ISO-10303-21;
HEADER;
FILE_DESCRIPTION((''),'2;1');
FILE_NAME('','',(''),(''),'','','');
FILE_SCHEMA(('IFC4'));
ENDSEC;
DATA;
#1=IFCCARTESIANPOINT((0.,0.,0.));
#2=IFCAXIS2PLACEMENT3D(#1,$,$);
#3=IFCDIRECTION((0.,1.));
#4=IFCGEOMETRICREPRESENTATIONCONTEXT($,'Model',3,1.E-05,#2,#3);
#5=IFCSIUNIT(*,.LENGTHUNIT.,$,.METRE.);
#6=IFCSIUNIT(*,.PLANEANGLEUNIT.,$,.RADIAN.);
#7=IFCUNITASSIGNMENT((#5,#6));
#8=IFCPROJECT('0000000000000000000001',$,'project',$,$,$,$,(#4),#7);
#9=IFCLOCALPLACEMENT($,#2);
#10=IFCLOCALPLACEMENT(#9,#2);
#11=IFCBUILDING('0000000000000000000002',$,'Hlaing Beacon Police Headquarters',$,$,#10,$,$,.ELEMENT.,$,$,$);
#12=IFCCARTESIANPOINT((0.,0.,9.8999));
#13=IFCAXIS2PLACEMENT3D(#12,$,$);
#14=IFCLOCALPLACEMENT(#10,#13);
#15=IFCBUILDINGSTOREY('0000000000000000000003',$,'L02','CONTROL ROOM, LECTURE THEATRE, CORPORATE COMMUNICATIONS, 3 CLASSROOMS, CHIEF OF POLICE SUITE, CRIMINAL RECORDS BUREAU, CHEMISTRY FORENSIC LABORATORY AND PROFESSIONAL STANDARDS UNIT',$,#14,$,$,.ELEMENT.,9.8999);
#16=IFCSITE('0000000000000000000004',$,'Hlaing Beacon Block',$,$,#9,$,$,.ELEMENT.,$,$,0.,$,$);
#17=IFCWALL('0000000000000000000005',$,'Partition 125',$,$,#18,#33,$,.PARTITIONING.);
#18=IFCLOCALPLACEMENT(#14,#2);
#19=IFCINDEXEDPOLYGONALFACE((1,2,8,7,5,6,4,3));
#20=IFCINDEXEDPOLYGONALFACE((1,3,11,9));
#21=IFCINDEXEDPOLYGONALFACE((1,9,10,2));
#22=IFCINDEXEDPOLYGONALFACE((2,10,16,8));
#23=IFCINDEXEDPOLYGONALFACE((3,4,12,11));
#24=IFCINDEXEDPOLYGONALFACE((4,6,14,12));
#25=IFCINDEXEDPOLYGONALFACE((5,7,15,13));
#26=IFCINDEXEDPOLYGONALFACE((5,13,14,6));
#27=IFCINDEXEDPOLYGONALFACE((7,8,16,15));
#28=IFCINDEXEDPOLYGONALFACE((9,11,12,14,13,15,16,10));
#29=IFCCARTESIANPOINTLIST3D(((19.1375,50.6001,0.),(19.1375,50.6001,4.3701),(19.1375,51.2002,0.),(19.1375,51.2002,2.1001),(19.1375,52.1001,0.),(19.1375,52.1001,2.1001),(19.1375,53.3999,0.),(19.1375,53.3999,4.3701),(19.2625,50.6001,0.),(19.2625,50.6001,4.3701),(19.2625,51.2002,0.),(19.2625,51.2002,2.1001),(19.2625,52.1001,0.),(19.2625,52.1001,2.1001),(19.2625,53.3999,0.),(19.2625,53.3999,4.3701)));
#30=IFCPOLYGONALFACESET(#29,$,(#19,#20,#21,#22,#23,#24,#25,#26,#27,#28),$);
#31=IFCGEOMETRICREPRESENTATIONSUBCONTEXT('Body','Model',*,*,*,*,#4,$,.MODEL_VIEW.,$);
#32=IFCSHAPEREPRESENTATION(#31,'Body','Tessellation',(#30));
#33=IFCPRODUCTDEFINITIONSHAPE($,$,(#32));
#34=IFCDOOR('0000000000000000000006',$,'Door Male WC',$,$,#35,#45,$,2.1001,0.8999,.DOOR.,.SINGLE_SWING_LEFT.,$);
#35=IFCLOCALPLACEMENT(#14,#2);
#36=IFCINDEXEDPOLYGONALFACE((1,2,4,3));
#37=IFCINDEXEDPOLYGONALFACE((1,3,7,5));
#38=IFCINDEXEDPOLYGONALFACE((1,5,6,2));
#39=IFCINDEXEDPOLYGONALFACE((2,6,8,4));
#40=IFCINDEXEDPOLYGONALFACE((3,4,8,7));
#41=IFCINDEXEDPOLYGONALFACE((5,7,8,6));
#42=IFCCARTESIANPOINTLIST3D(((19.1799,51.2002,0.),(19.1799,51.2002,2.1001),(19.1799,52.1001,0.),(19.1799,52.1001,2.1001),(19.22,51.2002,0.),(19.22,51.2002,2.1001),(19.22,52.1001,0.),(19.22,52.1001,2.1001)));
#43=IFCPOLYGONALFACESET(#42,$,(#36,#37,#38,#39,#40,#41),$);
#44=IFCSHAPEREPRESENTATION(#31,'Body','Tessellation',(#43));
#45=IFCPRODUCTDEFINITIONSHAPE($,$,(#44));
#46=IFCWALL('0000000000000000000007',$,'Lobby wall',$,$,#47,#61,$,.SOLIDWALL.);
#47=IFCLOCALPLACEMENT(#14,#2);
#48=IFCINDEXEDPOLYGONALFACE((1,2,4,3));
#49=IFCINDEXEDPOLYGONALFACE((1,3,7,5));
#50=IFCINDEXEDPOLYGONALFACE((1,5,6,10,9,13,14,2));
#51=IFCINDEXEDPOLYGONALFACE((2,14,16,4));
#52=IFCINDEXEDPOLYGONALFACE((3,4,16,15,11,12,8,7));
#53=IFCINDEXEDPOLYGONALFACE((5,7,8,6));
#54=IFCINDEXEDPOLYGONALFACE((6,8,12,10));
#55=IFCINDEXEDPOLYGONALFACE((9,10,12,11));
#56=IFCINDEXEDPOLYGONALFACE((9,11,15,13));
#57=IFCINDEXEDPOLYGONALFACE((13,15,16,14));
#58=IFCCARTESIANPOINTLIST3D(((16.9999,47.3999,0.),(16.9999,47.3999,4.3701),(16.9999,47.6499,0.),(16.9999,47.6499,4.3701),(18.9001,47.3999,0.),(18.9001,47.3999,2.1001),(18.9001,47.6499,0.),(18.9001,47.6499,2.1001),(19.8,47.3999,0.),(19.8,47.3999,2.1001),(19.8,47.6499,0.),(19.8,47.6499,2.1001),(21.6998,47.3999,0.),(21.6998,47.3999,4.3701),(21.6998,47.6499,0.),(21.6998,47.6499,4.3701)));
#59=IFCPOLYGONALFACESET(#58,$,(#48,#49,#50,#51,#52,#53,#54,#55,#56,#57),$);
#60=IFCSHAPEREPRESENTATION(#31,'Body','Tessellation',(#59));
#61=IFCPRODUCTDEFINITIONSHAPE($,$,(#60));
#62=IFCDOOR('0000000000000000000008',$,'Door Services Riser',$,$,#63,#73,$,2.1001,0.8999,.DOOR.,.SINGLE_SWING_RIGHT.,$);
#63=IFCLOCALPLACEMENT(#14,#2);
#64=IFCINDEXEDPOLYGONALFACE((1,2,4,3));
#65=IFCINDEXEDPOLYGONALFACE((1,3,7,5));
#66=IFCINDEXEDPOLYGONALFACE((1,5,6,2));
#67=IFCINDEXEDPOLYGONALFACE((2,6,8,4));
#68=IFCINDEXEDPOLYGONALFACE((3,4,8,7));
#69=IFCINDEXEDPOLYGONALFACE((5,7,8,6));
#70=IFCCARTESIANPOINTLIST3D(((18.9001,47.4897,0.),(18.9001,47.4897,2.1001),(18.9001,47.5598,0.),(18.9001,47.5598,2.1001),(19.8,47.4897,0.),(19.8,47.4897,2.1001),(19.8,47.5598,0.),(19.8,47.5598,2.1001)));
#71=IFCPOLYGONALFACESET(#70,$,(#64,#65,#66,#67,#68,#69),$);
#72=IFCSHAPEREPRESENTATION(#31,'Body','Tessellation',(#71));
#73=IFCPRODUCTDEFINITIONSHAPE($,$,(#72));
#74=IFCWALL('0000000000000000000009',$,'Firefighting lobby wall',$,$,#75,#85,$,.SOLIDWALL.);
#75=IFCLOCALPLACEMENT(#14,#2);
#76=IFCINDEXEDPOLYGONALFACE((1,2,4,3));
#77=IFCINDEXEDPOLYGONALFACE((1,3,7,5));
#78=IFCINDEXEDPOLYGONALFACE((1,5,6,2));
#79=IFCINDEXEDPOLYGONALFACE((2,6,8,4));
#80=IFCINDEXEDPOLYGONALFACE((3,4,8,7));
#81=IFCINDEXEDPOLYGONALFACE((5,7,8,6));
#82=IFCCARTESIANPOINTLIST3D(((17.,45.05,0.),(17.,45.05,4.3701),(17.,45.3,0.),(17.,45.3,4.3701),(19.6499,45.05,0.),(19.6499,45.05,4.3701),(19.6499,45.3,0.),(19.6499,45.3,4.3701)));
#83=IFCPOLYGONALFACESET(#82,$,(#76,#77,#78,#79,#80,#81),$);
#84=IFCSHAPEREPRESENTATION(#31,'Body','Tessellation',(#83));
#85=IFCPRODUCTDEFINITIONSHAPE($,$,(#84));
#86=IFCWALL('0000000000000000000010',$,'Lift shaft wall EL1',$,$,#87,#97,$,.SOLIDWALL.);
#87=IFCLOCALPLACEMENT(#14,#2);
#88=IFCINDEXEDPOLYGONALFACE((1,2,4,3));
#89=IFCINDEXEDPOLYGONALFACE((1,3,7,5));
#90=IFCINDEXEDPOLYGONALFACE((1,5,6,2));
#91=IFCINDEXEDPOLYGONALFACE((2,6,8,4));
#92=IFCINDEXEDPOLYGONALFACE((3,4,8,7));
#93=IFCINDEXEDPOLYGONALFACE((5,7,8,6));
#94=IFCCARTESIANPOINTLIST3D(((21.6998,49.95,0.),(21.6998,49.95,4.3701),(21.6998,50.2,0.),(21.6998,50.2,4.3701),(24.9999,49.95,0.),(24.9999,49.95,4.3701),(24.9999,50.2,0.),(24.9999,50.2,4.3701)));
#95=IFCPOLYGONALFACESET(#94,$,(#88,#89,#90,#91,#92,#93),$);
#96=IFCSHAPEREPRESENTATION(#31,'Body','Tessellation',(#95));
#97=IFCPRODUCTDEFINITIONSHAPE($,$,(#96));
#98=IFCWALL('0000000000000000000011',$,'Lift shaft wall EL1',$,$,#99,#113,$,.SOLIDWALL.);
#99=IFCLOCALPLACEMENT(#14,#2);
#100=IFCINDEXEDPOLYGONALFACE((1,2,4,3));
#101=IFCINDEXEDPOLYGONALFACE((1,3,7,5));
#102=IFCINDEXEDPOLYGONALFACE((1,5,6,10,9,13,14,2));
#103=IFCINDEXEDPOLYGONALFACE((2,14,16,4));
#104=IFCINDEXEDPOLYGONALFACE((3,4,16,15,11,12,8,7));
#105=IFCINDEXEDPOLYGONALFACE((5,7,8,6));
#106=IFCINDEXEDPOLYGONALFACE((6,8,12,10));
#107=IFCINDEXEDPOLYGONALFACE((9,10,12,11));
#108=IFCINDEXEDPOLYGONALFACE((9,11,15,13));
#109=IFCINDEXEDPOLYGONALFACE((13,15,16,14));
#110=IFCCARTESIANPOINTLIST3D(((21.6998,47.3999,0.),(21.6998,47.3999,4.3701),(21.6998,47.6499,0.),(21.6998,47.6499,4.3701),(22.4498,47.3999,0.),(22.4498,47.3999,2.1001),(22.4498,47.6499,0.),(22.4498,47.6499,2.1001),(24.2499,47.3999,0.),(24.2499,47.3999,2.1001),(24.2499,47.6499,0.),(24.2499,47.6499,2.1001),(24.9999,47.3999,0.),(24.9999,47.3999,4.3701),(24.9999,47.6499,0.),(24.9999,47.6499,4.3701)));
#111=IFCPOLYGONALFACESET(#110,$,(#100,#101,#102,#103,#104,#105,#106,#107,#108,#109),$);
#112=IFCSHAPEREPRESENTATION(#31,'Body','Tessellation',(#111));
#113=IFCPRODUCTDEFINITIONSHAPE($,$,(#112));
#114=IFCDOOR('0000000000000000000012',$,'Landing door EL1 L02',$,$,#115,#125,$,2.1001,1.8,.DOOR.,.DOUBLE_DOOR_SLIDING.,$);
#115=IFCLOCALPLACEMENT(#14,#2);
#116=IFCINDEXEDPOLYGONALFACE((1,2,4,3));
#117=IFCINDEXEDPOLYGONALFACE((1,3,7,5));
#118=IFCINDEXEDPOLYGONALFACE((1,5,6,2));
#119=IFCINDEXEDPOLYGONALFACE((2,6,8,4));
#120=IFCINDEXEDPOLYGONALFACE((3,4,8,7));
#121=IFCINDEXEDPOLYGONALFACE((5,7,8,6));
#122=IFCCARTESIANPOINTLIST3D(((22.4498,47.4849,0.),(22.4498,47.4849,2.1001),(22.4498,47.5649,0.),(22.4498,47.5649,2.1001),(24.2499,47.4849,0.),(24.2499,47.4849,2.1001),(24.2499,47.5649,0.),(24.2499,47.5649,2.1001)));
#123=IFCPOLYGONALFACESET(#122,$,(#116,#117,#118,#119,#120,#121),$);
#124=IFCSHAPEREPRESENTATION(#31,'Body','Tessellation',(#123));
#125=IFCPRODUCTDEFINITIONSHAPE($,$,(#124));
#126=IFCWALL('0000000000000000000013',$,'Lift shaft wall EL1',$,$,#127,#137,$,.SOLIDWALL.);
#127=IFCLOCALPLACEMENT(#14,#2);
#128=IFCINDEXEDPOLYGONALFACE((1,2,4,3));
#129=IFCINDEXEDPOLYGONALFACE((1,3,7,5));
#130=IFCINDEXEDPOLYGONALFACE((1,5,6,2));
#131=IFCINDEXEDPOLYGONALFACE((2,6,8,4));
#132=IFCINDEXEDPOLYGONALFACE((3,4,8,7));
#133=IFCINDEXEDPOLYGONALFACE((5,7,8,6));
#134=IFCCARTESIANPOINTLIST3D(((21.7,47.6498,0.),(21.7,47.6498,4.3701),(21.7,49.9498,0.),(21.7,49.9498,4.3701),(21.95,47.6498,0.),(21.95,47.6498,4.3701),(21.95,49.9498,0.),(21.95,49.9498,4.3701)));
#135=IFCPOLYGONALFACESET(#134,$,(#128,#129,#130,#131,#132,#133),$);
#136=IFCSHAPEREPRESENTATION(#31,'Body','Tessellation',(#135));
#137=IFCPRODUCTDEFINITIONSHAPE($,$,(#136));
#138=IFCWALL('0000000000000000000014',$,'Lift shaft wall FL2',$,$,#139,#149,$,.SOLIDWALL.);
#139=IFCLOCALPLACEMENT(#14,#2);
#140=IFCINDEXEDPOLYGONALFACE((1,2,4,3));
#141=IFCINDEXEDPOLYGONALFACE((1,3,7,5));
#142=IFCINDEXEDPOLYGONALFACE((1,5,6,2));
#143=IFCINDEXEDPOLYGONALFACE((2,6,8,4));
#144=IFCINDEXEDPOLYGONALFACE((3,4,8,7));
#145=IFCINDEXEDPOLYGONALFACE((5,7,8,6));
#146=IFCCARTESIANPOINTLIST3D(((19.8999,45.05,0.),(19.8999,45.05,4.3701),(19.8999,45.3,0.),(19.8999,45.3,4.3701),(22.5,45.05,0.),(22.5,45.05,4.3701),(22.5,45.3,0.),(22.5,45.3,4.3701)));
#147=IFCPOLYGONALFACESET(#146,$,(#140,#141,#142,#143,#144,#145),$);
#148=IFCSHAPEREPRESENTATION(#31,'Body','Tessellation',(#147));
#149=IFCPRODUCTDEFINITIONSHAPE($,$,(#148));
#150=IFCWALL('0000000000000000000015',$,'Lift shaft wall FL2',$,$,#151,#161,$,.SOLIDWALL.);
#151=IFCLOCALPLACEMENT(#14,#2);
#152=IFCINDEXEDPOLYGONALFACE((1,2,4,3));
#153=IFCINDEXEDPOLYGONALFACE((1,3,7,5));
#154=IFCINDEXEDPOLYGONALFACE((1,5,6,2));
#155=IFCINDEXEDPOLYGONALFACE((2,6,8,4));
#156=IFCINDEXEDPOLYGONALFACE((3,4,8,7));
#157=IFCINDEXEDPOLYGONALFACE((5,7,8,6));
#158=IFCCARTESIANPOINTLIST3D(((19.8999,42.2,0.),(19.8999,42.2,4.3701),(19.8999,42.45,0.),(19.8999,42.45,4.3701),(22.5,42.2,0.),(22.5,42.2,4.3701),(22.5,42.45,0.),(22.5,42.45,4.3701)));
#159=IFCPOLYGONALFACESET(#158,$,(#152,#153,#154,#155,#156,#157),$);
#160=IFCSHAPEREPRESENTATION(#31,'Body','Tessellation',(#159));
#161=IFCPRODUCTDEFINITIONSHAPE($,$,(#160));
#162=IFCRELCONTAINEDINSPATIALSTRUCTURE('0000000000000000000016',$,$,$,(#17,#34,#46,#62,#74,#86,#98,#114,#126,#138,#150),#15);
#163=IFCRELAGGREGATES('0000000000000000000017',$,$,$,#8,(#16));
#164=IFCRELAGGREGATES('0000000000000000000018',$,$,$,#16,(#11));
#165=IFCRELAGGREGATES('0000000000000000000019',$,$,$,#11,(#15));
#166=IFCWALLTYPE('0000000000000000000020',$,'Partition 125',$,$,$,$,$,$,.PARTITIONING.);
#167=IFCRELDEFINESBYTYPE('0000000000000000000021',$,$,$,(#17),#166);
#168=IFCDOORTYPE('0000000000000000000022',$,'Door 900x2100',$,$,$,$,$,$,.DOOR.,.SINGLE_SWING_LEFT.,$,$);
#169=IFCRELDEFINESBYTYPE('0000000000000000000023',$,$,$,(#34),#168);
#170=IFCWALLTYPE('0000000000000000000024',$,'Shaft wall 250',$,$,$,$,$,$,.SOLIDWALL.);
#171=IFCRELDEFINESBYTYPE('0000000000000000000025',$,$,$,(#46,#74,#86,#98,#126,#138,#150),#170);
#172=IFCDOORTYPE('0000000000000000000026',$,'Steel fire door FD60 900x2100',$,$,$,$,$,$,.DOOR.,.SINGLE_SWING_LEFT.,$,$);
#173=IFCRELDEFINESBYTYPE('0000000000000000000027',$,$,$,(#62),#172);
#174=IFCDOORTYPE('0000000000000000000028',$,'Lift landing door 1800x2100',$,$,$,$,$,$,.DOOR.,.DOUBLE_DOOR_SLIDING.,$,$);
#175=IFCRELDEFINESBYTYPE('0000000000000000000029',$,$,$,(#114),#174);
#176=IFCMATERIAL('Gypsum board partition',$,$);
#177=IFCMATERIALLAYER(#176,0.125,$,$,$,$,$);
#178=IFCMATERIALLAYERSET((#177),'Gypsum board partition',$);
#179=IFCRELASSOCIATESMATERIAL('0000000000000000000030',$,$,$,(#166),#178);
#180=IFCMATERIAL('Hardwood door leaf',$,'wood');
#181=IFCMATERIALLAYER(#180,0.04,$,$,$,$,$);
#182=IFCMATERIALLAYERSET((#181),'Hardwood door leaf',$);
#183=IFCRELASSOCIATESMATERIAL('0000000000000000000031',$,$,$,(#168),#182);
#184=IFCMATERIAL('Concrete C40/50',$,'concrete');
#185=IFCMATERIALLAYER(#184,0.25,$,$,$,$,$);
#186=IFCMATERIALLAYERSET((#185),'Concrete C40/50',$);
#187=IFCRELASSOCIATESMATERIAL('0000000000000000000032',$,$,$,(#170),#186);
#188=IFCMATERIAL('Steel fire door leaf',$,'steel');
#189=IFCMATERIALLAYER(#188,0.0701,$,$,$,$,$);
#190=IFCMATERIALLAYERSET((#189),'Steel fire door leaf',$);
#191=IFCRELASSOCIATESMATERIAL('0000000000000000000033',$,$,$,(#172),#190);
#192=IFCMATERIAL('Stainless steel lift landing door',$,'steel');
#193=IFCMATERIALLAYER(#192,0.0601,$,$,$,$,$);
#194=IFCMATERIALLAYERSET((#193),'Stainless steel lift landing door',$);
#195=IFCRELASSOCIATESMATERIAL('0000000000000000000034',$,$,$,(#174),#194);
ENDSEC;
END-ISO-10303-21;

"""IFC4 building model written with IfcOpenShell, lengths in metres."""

from ifc_helpers import new_model, si_unit, direction, frame, frame_2d, origin, place, context, subcontext, project, spatial, rectangle, extrude, material, layer, layer_set, type_object, element, fill, save


model = new_model("IFC4")

# Units and contexts
model_context = context("Model", 3, precision=1e-05, world=origin(), true_north=direction((0.0, 1.0)))
body_context = subcontext(model_context, "Body", "Model", "MODEL_VIEW")
ifc_project = project(units=[si_unit("LENGTHUNIT", "METRE"), si_unit("PLANEANGLEUNIT", "RADIAN")], contexts=[model_context])

# Site, building, storey
site_placement = place(None, origin())
site = spatial("IfcSite", under=ifc_project, at=site_placement, Name="Hlaing Beacon Block", CompositionType="ELEMENT", RefElevation=0.0)
building_placement = place(site_placement, origin())
building = spatial("IfcBuilding", under=site, at=building_placement, Name="Hlaing Beacon Police Headquarters", CompositionType="ELEMENT")
storey_placement = place(building_placement, frame((0.0, 0.0, 9.8999)))
storey = spatial("IfcBuildingStorey", under=building, at=storey_placement, Name="L02", Description="CONTROL ROOM, LECTURE THEATRE, CORPORATE COMMUNICATIONS, 3 CLASSROOMS, CHIEF OF POLICE SUITE, CRIMINAL RECORDS BUREAU, CHEMISTRY FORENSIC LABORATORY AND PROFESSIONAL STANDARDS UNIT", CompositionType="ELEMENT", Elevation=9.8999)

# Shared definitions
ifc_material_1 = material(Name="Gypsum board partition")
ifc_layer_1 = layer(ifc_material_1, 0.125)
ifc_layer_set_1 = layer_set([ifc_layer_1], Name="Gypsum board partition")
wall_type_1 = type_object("IfcWallType", Name="Partition 125", PredefinedType="PARTITIONING", material=ifc_layer_set_1)
ifc_material_2 = material(Name="Hardwood door leaf", Category="wood")
ifc_layer_2 = layer(ifc_material_2, 0.04)
ifc_layer_set_2 = layer_set([ifc_layer_2], Name="Hardwood door leaf")
door_type_1 = type_object("IfcDoorType", Name="Door 900x2100", OperationType="SINGLE_SWING_LEFT", PredefinedType="DOOR", material=ifc_layer_set_2)

# Walls, openings, doors
wall_1_placement = place(storey_placement, frame((19.2, 50.6001, 0.0), z_axis=(0.0, 0.0, 1.0), x_axis=(0.0, 1.0, 0.0)))
wall_1 = element("IfcWall", 1, at=wall_1_placement, inside=storey, type_object=wall_type_1, Name="Partition 125", PredefinedType="PARTITIONING", context=body_context, shape_type="SweptSolid", body=[
    extrude(rectangle(XDim=2.7998, YDim=0.125, at=frame_2d((1.3999, 0.0))), origin(), (0.0, 0.0, 1.0), 4.3701),
])
opening_1_placement = place(wall_1_placement, frame((0.6001, 0.0, 0.0)))
opening_1 = element("IfcOpeningElement", 2, at=opening_1_placement, cuts=wall_1, PredefinedType="OPENING", context=body_context, shape_type="SweptSolid", body=[
    extrude(rectangle(XDim=0.8999, YDim=2.1001, at=frame_2d((0.45, 1.05))), frame((0.0, 0.0725, 0.0), z_axis=(0.0, -1.0, 0.0), x_axis=(1.0, 0.0, 0.0)), (0.0, 0.0, 1.0), 0.145),
])
door_1_placement = place(opening_1_placement, frame((0.8999, 0.0, 0.0), z_axis=(0.0, 0.0, 1.0), x_axis=(-1.0, 0.0, 0.0)))
door_1 = element("IfcDoor", 3, at=door_1_placement, inside=storey, type_object=door_type_1, Name="Door Male WC", OperationType="SINGLE_SWING_LEFT", OverallHeight=2.1001, OverallWidth=0.8999, PredefinedType="DOOR", context=body_context, shape_type="SweptSolid", body=[
    extrude(rectangle(XDim=0.8999, YDim=2.1001, at=frame_2d((0.45, 1.05))), frame((0.0, 0.02, 0.0), z_axis=(0.0, -1.0, 0.0), x_axis=(1.0, 0.0, 0.0)), (0.0, 0.0, 1.0), 0.04),
])
fill(opening_1, door_1)
ifc_material_3 = material(Name="Concrete C40/50", Category="concrete")
ifc_layer_3 = layer(ifc_material_3, 0.25)
ifc_layer_set_3 = layer_set([ifc_layer_3], Name="Concrete C40/50")
wall_type_2 = type_object("IfcWallType", Name="Shaft wall 250", PredefinedType="SOLIDWALL", material=ifc_layer_set_3)
wall_2_placement = place(storey_placement, frame((21.7, 47.5249, 0.0), z_axis=(0.0, 0.0, 1.0), x_axis=(-1.0, 0.0, 0.0)))
wall_2 = element("IfcWall", 4, at=wall_2_placement, inside=storey, type_object=wall_type_2, Name="Lobby wall", PredefinedType="SOLIDWALL", context=body_context, shape_type="SweptSolid", body=[
    extrude(rectangle(XDim=4.7, YDim=0.25, at=frame_2d((2.3501, 0.0))), origin(), (0.0, 0.0, 1.0), 4.3701),
])
opening_2_placement = place(wall_2_placement, frame((1.8999, 0.0, 0.0)))
opening_2 = element("IfcOpeningElement", 5, at=opening_2_placement, cuts=wall_2, PredefinedType="OPENING", context=body_context, shape_type="SweptSolid", body=[
    extrude(rectangle(XDim=0.8999, YDim=2.1001, at=frame_2d((0.45, 1.05))), frame((0.0, 0.135, 0.0), z_axis=(0.0, -1.0, 0.0), x_axis=(1.0, 0.0, 0.0)), (0.0, 0.0, 1.0), 0.27),
])
ifc_material_4 = material(Name="Steel fire door leaf", Category="steel")
ifc_layer_4 = layer(ifc_material_4, 0.0701)
ifc_layer_set_4 = layer_set([ifc_layer_4], Name="Steel fire door leaf")
door_type_2 = type_object("IfcDoorType", Name="Steel fire door FD60 900x2100", OperationType="SINGLE_SWING_LEFT", PredefinedType="DOOR", material=ifc_layer_set_4)
door_2_placement = place(opening_2_placement, frame((0.8999, 0.0, 0.0), z_axis=(0.0, 0.0, 1.0), x_axis=(-1.0, 0.0, 0.0)))
door_2 = element("IfcDoor", 6, at=door_2_placement, inside=storey, type_object=door_type_2, Name="Door Services Riser", OperationType="SINGLE_SWING_RIGHT", OverallHeight=2.1001, OverallWidth=0.8999, PredefinedType="DOOR", context=body_context, shape_type="SweptSolid", body=[
    extrude(rectangle(XDim=0.8999, YDim=2.1001, at=frame_2d((0.45, 1.05))), frame((0.0, 0.0349, 0.0), z_axis=(0.0, -1.0, 0.0), x_axis=(1.0, 0.0, 0.0)), (0.0, 0.0, 1.0), 0.0701),
])
fill(opening_2, door_2)

# Walls
wall_3_placement = place(storey_placement, frame((19.6499, 45.175, 0.0), z_axis=(0.0, 0.0, 1.0), x_axis=(-1.0, 0.0, 0.0)))
element("IfcWall", 7, at=wall_3_placement, inside=storey, type_object=wall_type_2, Name="Firefighting lobby wall", PredefinedType="SOLIDWALL", context=body_context, shape_type="SweptSolid", body=[
    extrude(rectangle(XDim=2.6499, YDim=0.25, at=frame_2d((1.325, 0.0))), origin(), (0.0, 0.0, 1.0), 4.3701),
])
wall_4_placement = place(storey_placement, frame((21.7, 50.075, 0.0), z_axis=(0.0, 0.0, 1.0), x_axis=(1.0, 0.0, 0.0)))
element("IfcWall", 8, at=wall_4_placement, inside=storey, type_object=wall_type_2, Name="Lift shaft wall EL1", PredefinedType="SOLIDWALL", context=body_context, shape_type="SweptSolid", body=[
    extrude(rectangle(XDim=3.3, YDim=0.25, at=frame_2d((1.6499, 0.0))), origin(), (0.0, 0.0, 1.0), 4.3701),
])

# Wall, opening, door
wall_5_placement = place(storey_placement, frame((21.7, 47.5249, 0.0), z_axis=(0.0, 0.0, 1.0), x_axis=(1.0, 0.0, 0.0)))
wall_5 = element("IfcWall", 9, at=wall_5_placement, inside=storey, type_object=wall_type_2, Name="Lift shaft wall EL1", PredefinedType="SOLIDWALL", context=body_context, shape_type="SweptSolid", body=[
    extrude(rectangle(XDim=3.3, YDim=0.25, at=frame_2d((1.6499, 0.0))), origin(), (0.0, 0.0, 1.0), 4.3701),
])
opening_3_placement = place(wall_5_placement, frame((0.75, 0.0, 0.0)))
opening_3 = element("IfcOpeningElement", 10, at=opening_3_placement, cuts=wall_5, PredefinedType="OPENING", context=body_context, shape_type="SweptSolid", body=[
    extrude(rectangle(XDim=1.8, YDim=2.1001, at=frame_2d((0.8999, 1.05))), frame((0.0, 0.135, 0.0), z_axis=(0.0, -1.0, 0.0), x_axis=(1.0, 0.0, 0.0)), (0.0, 0.0, 1.0), 0.27),
])
ifc_material_5 = material(Name="Stainless steel lift landing door", Category="steel")
ifc_layer_5 = layer(ifc_material_5, 0.0601)
ifc_layer_set_5 = layer_set([ifc_layer_5], Name="Stainless steel lift landing door")
door_type_3 = type_object("IfcDoorType", Name="Lift landing door 1800x2100", OperationType="DOUBLE_DOOR_SLIDING", PredefinedType="DOOR", material=ifc_layer_set_5)
door_3_placement = place(opening_3_placement, origin())
door_3 = element("IfcDoor", 11, at=door_3_placement, inside=storey, type_object=door_type_3, Name="Landing door EL1 L02", OperationType="DOUBLE_DOOR_SLIDING", OverallHeight=2.1001, OverallWidth=1.8, PredefinedType="DOOR", context=body_context, shape_type="SweptSolid", body=[
    extrude(rectangle(XDim=1.8, YDim=2.1001, at=frame_2d((0.8999, 1.05))), frame((0.0, 0.04, 0.0), z_axis=(0.0, -1.0, 0.0), x_axis=(1.0, 0.0, 0.0)), (0.0, 0.0, 1.0), 0.0801),
])
fill(opening_3, door_3)

# Walls
wall_6_placement = place(storey_placement, frame((21.825, 47.6499, 0.0), z_axis=(0.0, 0.0, 1.0), x_axis=(0.0, 1.0, 0.0)))
element("IfcWall", 12, at=wall_6_placement, inside=storey, type_object=wall_type_2, Name="Lift shaft wall EL1", PredefinedType="SOLIDWALL", context=body_context, shape_type="SweptSolid", body=[
    extrude(rectangle(XDim=2.3, YDim=0.25, at=frame_2d((1.1499, 0.0))), origin(), (0.0, 0.0, 1.0), 4.3701),
])
for number, where, z_axis, x_axis, name in (
    (13, (19.8999, 45.175, 0.0), (0.0, 0.0, 1.0), (1.0, 0.0, 0.0), "Lift shaft wall FL2"),
    (14, (19.8999, 42.325, 0.0), (0.0, 0.0, 1.0), (1.0, 0.0, 0.0), "Lift shaft wall FL2"),
):
    element("IfcWall", number, at=place(storey_placement, frame(where, z_axis=z_axis, x_axis=x_axis)), inside=storey, type_object=wall_type_2, Name=name, PredefinedType="SOLIDWALL", context=body_context, shape_type="SweptSolid", body=[
        extrude(rectangle(XDim=2.6001, YDim=0.25, at=frame_2d((1.3, 0.0))), origin(), (0.0, 0.0, 1.0), 4.3701),
    ])

save(model, "model.ifc")
